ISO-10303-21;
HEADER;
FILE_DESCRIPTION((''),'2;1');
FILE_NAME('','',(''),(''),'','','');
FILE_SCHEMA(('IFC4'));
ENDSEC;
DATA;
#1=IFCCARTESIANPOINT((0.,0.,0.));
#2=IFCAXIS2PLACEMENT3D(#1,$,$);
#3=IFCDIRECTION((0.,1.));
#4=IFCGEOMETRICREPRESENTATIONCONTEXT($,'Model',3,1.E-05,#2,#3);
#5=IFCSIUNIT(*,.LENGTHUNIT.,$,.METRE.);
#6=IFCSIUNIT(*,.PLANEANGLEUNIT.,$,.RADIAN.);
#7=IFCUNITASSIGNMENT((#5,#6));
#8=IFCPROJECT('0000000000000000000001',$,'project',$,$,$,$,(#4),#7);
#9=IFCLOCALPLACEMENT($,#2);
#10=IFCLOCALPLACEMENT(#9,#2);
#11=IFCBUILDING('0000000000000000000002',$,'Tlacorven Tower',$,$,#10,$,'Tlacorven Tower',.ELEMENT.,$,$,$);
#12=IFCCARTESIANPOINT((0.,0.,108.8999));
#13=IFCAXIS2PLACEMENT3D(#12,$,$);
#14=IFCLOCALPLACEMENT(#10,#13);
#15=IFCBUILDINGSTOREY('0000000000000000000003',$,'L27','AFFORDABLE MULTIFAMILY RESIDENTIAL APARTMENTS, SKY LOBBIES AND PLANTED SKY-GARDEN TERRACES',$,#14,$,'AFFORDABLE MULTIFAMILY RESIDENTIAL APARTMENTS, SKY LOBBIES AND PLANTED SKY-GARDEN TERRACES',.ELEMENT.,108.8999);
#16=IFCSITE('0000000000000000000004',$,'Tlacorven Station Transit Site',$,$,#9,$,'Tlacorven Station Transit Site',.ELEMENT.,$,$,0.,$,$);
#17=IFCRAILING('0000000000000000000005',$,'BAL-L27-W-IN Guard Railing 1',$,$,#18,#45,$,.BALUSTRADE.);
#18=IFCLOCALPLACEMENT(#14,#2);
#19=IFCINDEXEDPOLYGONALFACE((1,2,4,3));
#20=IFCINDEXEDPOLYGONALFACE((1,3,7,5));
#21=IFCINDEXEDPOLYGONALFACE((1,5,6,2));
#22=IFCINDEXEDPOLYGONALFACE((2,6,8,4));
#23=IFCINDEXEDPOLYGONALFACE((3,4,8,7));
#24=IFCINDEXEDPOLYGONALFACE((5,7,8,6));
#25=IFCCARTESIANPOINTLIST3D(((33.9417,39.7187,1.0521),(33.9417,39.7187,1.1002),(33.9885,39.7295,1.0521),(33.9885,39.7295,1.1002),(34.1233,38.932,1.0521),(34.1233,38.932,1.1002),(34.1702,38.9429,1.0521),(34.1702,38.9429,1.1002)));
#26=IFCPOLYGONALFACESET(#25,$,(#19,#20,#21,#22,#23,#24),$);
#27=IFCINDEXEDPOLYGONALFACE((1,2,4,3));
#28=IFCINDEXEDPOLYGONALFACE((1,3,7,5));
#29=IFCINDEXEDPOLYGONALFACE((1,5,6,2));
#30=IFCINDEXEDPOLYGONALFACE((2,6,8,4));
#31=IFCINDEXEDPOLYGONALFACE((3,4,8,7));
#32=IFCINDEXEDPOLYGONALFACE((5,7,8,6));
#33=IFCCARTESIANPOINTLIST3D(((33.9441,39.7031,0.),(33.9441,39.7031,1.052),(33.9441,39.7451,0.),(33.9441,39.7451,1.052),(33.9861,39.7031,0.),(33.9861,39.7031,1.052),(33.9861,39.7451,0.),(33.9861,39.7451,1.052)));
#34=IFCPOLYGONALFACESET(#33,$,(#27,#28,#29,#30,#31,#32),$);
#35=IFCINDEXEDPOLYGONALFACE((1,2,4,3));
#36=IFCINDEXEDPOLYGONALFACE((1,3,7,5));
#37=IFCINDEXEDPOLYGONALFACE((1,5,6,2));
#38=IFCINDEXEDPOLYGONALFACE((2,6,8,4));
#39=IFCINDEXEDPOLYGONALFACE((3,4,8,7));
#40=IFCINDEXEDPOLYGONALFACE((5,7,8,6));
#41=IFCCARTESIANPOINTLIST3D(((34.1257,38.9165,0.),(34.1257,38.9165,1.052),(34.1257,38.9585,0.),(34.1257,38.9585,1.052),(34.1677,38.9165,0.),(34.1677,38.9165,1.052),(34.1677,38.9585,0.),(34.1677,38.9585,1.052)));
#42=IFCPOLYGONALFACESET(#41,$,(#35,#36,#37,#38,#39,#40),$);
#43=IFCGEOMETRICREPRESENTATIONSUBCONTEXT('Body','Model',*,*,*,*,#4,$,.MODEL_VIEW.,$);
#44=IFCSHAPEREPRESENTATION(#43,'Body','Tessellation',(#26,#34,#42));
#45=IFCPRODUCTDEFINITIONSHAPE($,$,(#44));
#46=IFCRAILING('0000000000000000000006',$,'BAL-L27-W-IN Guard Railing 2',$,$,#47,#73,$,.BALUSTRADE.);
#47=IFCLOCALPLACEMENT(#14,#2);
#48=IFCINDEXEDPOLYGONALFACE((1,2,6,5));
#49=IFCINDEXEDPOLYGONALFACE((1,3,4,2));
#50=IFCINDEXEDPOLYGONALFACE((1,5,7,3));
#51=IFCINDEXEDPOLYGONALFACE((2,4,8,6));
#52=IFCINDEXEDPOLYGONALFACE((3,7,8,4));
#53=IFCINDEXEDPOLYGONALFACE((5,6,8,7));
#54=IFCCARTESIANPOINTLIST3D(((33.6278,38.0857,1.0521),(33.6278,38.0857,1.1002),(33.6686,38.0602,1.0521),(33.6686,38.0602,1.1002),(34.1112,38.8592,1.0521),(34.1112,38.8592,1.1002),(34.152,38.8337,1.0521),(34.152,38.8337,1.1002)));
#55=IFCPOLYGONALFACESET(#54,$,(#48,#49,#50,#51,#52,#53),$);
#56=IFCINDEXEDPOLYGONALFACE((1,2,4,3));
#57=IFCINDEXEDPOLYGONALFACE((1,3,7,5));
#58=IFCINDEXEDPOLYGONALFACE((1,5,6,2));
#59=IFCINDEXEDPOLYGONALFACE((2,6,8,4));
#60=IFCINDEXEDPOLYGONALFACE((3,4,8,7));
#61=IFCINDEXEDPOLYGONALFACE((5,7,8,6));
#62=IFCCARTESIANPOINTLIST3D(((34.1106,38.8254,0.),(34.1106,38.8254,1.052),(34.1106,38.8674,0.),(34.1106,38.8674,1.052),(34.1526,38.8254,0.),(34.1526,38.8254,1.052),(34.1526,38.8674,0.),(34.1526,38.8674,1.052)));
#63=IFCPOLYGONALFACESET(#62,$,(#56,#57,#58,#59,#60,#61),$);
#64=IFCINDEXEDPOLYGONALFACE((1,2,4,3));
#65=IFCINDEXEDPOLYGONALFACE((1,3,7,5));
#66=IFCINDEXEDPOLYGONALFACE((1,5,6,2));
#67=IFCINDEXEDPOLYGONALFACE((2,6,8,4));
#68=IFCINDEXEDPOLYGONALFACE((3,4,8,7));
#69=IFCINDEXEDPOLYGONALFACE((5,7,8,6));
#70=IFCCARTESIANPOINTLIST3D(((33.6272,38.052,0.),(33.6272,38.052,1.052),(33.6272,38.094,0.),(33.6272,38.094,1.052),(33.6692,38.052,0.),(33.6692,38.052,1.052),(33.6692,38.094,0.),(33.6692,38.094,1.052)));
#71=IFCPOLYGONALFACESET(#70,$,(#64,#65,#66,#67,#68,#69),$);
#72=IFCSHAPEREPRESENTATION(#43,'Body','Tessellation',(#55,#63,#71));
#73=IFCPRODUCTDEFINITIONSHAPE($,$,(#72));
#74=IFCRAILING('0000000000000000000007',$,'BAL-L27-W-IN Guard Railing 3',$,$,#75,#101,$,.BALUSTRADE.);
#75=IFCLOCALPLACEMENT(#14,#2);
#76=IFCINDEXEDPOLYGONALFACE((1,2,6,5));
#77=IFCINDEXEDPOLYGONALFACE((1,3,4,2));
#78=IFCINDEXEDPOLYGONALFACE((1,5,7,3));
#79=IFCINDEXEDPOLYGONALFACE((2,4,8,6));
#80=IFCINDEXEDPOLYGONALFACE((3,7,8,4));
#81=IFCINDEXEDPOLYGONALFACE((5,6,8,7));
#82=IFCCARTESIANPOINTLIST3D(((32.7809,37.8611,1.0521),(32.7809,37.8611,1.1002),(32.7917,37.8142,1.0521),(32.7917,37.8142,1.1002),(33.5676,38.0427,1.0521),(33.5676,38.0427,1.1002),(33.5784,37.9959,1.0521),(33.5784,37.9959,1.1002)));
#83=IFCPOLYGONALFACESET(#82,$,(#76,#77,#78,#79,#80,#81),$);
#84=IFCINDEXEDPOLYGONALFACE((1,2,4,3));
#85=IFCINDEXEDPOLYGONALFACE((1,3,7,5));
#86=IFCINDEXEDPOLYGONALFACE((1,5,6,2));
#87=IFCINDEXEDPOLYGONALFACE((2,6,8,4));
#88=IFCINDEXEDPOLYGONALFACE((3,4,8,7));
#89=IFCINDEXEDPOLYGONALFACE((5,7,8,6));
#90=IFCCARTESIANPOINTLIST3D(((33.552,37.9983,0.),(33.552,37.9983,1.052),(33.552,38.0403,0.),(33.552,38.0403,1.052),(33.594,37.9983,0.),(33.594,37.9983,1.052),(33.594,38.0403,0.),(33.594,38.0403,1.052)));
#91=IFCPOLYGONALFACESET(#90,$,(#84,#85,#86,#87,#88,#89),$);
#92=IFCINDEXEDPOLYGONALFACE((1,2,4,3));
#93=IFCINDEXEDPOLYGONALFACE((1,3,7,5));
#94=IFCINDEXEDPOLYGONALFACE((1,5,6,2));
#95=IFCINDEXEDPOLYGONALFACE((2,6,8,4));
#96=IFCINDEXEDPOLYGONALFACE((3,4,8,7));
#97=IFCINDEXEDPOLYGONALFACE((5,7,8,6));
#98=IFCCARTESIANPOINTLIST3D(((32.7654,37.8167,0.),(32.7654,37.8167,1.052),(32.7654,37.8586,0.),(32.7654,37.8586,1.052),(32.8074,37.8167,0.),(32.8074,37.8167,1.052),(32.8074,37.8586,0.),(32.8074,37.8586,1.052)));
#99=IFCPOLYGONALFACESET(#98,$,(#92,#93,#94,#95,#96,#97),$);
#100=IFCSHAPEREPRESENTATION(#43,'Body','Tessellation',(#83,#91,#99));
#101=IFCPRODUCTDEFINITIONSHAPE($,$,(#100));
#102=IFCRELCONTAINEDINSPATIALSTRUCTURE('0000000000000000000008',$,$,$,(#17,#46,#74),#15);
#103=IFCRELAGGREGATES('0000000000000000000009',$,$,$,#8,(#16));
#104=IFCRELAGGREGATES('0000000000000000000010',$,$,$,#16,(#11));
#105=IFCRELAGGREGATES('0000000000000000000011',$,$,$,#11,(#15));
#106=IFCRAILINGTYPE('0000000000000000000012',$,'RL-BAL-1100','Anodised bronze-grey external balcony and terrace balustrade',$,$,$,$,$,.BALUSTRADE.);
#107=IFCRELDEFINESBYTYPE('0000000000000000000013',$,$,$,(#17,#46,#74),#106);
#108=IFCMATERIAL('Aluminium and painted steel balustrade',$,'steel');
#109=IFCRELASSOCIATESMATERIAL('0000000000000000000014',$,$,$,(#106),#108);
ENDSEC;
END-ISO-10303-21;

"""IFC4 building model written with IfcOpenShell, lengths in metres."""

from ifc_helpers import new_model, si_unit, direction, frame, origin, origin_2d, place, context, subcontext, project, spatial, rectangle, extrude, source, transform, mapped, material, type_object, element, save


model = new_model("IFC4")

# Units and contexts
model_context = context("Model", 3, precision=1e-05, world=origin(), true_north=direction((0.0, 1.0)))
body_context = subcontext(model_context, "Body", "Model", "MODEL_VIEW")
ifc_project = project(units=[si_unit("LENGTHUNIT", "METRE"), si_unit("PLANEANGLEUNIT", "RADIAN")], contexts=[model_context])

# Site, building, storey
site_placement = place(None, origin())
site = spatial("IfcSite", under=ifc_project, at=site_placement, Name="Tlacorven Station Transit Site", LongName="Tlacorven Station Transit Site", CompositionType="ELEMENT", RefElevation=0.0)
building_placement = place(site_placement, origin())
building = spatial("IfcBuilding", under=site, at=building_placement, Name="Tlacorven Tower", LongName="Tlacorven Tower", CompositionType="ELEMENT")
storey_placement = place(building_placement, frame((0.0, 0.0, 108.8999)))
storey = spatial("IfcBuildingStorey", under=building, at=storey_placement, Name="L27", Description="AFFORDABLE MULTIFAMILY RESIDENTIAL APARTMENTS, SKY LOBBIES AND PLANTED SKY-GARDEN TERRACES", LongName="AFFORDABLE MULTIFAMILY RESIDENTIAL APARTMENTS, SKY LOBBIES AND PLANTED SKY-GARDEN TERRACES", CompositionType="ELEMENT", Elevation=108.8999)

# Railings
ifc_material_1 = material(Name="Aluminium and painted steel balustrade", Category="steel")
railing_type = type_object("IfcRailingType", Name="RL-BAL-1100", Description="Anodised bronze-grey external balcony and terrace balustrade", PredefinedType="BALUSTRADE", material=ifc_material_1)
shared_shape_1 = source(origin(), body_context, "Body", "SweptSolid", [
    extrude(rectangle(XDim=0.0481, YDim=0.0481, at=origin_2d()), frame((0.0, 0.0, 1.0762), z_axis=(0.224992, -0.974361, 0.0), x_axis=(0.974361, 0.224992, 0.0)), (0.0, 0.0, 1.0), 0.8074),
    extrude(rectangle(XDim=0.042, YDim=0.042, at=origin_2d()), origin(), (0.0, 0.0, 1.0), 1.052),
    extrude(rectangle(XDim=0.042, YDim=0.042, at=origin_2d()), frame((0.1816, -0.7866, 0.0)), (0.0, 0.0, 1.0), 1.052),
])
railing_1_placement = place(storey_placement, frame((33.9651, 39.7241, 0.0)))
element("IfcRailing", 1, at=railing_1_placement, inside=storey, type_object=railing_type, Name="BAL-L27-W-IN Guard Railing 1", PredefinedType="BALUSTRADE", context=body_context, shape_type="MappedRepresentation", body=[
    mapped(shared_shape_1, transform((0.0, 0.0, 0.0), scale=1.0)),
])
shared_shape_2 = source(origin(), body_context, "Body", "SweptSolid", [
    extrude(rectangle(XDim=0.0481, YDim=0.0481, at=origin_2d()), frame((0.0, 0.0, 1.0762), z_axis=(-0.529999, -0.847998, 0.0), x_axis=(0.847998, -0.529999, 0.0)), (0.0, 0.0, 1.0), 0.9121),
    extrude(rectangle(XDim=0.042, YDim=0.042, at=origin_2d()), origin(), (0.0, 0.0, 1.0), 1.052),
    extrude(rectangle(XDim=0.042, YDim=0.042, at=origin_2d()), frame((-0.4834, -0.7734, 0.0)), (0.0, 0.0, 1.0), 1.052),
])
railing_2_placement = place(storey_placement, frame((34.1316, 38.8464, 0.0)))
element("IfcRailing", 2, at=railing_2_placement, inside=storey, type_object=railing_type, Name="BAL-L27-W-IN Guard Railing 2", PredefinedType="BALUSTRADE", context=body_context, shape_type="MappedRepresentation", body=[
    mapped(shared_shape_2, transform((0.0, 0.0, 0.0), scale=1.0)),
])
shared_shape_3 = source(origin(), body_context, "Body", "SweptSolid", [
    extrude(rectangle(XDim=0.0481, YDim=0.0481, at=origin_2d()), frame((0.0, 0.0, 1.0762), z_axis=(-0.974361, -0.224992, 0.0), x_axis=(0.224992, -0.974361, 0.0)), (0.0, 0.0, 1.0), 0.8074),
    extrude(rectangle(XDim=0.042, YDim=0.042, at=origin_2d()), origin(), (0.0, 0.0, 1.0), 1.052),
    extrude(rectangle(XDim=0.042, YDim=0.042, at=origin_2d()), frame((-0.7866, -0.1816, 0.0)), (0.0, 0.0, 1.0), 1.052),
])
railing_3_placement = place(storey_placement, frame((33.573, 38.0193, 0.0)))
element("IfcRailing", 3, at=railing_3_placement, inside=storey, type_object=railing_type, Name="BAL-L27-W-IN Guard Railing 3", PredefinedType="BALUSTRADE", context=body_context, shape_type="MappedRepresentation", body=[
    mapped(shared_shape_3, transform((0.0, 0.0, 0.0), scale=1.0)),
])

save(model, "model.ifc")
